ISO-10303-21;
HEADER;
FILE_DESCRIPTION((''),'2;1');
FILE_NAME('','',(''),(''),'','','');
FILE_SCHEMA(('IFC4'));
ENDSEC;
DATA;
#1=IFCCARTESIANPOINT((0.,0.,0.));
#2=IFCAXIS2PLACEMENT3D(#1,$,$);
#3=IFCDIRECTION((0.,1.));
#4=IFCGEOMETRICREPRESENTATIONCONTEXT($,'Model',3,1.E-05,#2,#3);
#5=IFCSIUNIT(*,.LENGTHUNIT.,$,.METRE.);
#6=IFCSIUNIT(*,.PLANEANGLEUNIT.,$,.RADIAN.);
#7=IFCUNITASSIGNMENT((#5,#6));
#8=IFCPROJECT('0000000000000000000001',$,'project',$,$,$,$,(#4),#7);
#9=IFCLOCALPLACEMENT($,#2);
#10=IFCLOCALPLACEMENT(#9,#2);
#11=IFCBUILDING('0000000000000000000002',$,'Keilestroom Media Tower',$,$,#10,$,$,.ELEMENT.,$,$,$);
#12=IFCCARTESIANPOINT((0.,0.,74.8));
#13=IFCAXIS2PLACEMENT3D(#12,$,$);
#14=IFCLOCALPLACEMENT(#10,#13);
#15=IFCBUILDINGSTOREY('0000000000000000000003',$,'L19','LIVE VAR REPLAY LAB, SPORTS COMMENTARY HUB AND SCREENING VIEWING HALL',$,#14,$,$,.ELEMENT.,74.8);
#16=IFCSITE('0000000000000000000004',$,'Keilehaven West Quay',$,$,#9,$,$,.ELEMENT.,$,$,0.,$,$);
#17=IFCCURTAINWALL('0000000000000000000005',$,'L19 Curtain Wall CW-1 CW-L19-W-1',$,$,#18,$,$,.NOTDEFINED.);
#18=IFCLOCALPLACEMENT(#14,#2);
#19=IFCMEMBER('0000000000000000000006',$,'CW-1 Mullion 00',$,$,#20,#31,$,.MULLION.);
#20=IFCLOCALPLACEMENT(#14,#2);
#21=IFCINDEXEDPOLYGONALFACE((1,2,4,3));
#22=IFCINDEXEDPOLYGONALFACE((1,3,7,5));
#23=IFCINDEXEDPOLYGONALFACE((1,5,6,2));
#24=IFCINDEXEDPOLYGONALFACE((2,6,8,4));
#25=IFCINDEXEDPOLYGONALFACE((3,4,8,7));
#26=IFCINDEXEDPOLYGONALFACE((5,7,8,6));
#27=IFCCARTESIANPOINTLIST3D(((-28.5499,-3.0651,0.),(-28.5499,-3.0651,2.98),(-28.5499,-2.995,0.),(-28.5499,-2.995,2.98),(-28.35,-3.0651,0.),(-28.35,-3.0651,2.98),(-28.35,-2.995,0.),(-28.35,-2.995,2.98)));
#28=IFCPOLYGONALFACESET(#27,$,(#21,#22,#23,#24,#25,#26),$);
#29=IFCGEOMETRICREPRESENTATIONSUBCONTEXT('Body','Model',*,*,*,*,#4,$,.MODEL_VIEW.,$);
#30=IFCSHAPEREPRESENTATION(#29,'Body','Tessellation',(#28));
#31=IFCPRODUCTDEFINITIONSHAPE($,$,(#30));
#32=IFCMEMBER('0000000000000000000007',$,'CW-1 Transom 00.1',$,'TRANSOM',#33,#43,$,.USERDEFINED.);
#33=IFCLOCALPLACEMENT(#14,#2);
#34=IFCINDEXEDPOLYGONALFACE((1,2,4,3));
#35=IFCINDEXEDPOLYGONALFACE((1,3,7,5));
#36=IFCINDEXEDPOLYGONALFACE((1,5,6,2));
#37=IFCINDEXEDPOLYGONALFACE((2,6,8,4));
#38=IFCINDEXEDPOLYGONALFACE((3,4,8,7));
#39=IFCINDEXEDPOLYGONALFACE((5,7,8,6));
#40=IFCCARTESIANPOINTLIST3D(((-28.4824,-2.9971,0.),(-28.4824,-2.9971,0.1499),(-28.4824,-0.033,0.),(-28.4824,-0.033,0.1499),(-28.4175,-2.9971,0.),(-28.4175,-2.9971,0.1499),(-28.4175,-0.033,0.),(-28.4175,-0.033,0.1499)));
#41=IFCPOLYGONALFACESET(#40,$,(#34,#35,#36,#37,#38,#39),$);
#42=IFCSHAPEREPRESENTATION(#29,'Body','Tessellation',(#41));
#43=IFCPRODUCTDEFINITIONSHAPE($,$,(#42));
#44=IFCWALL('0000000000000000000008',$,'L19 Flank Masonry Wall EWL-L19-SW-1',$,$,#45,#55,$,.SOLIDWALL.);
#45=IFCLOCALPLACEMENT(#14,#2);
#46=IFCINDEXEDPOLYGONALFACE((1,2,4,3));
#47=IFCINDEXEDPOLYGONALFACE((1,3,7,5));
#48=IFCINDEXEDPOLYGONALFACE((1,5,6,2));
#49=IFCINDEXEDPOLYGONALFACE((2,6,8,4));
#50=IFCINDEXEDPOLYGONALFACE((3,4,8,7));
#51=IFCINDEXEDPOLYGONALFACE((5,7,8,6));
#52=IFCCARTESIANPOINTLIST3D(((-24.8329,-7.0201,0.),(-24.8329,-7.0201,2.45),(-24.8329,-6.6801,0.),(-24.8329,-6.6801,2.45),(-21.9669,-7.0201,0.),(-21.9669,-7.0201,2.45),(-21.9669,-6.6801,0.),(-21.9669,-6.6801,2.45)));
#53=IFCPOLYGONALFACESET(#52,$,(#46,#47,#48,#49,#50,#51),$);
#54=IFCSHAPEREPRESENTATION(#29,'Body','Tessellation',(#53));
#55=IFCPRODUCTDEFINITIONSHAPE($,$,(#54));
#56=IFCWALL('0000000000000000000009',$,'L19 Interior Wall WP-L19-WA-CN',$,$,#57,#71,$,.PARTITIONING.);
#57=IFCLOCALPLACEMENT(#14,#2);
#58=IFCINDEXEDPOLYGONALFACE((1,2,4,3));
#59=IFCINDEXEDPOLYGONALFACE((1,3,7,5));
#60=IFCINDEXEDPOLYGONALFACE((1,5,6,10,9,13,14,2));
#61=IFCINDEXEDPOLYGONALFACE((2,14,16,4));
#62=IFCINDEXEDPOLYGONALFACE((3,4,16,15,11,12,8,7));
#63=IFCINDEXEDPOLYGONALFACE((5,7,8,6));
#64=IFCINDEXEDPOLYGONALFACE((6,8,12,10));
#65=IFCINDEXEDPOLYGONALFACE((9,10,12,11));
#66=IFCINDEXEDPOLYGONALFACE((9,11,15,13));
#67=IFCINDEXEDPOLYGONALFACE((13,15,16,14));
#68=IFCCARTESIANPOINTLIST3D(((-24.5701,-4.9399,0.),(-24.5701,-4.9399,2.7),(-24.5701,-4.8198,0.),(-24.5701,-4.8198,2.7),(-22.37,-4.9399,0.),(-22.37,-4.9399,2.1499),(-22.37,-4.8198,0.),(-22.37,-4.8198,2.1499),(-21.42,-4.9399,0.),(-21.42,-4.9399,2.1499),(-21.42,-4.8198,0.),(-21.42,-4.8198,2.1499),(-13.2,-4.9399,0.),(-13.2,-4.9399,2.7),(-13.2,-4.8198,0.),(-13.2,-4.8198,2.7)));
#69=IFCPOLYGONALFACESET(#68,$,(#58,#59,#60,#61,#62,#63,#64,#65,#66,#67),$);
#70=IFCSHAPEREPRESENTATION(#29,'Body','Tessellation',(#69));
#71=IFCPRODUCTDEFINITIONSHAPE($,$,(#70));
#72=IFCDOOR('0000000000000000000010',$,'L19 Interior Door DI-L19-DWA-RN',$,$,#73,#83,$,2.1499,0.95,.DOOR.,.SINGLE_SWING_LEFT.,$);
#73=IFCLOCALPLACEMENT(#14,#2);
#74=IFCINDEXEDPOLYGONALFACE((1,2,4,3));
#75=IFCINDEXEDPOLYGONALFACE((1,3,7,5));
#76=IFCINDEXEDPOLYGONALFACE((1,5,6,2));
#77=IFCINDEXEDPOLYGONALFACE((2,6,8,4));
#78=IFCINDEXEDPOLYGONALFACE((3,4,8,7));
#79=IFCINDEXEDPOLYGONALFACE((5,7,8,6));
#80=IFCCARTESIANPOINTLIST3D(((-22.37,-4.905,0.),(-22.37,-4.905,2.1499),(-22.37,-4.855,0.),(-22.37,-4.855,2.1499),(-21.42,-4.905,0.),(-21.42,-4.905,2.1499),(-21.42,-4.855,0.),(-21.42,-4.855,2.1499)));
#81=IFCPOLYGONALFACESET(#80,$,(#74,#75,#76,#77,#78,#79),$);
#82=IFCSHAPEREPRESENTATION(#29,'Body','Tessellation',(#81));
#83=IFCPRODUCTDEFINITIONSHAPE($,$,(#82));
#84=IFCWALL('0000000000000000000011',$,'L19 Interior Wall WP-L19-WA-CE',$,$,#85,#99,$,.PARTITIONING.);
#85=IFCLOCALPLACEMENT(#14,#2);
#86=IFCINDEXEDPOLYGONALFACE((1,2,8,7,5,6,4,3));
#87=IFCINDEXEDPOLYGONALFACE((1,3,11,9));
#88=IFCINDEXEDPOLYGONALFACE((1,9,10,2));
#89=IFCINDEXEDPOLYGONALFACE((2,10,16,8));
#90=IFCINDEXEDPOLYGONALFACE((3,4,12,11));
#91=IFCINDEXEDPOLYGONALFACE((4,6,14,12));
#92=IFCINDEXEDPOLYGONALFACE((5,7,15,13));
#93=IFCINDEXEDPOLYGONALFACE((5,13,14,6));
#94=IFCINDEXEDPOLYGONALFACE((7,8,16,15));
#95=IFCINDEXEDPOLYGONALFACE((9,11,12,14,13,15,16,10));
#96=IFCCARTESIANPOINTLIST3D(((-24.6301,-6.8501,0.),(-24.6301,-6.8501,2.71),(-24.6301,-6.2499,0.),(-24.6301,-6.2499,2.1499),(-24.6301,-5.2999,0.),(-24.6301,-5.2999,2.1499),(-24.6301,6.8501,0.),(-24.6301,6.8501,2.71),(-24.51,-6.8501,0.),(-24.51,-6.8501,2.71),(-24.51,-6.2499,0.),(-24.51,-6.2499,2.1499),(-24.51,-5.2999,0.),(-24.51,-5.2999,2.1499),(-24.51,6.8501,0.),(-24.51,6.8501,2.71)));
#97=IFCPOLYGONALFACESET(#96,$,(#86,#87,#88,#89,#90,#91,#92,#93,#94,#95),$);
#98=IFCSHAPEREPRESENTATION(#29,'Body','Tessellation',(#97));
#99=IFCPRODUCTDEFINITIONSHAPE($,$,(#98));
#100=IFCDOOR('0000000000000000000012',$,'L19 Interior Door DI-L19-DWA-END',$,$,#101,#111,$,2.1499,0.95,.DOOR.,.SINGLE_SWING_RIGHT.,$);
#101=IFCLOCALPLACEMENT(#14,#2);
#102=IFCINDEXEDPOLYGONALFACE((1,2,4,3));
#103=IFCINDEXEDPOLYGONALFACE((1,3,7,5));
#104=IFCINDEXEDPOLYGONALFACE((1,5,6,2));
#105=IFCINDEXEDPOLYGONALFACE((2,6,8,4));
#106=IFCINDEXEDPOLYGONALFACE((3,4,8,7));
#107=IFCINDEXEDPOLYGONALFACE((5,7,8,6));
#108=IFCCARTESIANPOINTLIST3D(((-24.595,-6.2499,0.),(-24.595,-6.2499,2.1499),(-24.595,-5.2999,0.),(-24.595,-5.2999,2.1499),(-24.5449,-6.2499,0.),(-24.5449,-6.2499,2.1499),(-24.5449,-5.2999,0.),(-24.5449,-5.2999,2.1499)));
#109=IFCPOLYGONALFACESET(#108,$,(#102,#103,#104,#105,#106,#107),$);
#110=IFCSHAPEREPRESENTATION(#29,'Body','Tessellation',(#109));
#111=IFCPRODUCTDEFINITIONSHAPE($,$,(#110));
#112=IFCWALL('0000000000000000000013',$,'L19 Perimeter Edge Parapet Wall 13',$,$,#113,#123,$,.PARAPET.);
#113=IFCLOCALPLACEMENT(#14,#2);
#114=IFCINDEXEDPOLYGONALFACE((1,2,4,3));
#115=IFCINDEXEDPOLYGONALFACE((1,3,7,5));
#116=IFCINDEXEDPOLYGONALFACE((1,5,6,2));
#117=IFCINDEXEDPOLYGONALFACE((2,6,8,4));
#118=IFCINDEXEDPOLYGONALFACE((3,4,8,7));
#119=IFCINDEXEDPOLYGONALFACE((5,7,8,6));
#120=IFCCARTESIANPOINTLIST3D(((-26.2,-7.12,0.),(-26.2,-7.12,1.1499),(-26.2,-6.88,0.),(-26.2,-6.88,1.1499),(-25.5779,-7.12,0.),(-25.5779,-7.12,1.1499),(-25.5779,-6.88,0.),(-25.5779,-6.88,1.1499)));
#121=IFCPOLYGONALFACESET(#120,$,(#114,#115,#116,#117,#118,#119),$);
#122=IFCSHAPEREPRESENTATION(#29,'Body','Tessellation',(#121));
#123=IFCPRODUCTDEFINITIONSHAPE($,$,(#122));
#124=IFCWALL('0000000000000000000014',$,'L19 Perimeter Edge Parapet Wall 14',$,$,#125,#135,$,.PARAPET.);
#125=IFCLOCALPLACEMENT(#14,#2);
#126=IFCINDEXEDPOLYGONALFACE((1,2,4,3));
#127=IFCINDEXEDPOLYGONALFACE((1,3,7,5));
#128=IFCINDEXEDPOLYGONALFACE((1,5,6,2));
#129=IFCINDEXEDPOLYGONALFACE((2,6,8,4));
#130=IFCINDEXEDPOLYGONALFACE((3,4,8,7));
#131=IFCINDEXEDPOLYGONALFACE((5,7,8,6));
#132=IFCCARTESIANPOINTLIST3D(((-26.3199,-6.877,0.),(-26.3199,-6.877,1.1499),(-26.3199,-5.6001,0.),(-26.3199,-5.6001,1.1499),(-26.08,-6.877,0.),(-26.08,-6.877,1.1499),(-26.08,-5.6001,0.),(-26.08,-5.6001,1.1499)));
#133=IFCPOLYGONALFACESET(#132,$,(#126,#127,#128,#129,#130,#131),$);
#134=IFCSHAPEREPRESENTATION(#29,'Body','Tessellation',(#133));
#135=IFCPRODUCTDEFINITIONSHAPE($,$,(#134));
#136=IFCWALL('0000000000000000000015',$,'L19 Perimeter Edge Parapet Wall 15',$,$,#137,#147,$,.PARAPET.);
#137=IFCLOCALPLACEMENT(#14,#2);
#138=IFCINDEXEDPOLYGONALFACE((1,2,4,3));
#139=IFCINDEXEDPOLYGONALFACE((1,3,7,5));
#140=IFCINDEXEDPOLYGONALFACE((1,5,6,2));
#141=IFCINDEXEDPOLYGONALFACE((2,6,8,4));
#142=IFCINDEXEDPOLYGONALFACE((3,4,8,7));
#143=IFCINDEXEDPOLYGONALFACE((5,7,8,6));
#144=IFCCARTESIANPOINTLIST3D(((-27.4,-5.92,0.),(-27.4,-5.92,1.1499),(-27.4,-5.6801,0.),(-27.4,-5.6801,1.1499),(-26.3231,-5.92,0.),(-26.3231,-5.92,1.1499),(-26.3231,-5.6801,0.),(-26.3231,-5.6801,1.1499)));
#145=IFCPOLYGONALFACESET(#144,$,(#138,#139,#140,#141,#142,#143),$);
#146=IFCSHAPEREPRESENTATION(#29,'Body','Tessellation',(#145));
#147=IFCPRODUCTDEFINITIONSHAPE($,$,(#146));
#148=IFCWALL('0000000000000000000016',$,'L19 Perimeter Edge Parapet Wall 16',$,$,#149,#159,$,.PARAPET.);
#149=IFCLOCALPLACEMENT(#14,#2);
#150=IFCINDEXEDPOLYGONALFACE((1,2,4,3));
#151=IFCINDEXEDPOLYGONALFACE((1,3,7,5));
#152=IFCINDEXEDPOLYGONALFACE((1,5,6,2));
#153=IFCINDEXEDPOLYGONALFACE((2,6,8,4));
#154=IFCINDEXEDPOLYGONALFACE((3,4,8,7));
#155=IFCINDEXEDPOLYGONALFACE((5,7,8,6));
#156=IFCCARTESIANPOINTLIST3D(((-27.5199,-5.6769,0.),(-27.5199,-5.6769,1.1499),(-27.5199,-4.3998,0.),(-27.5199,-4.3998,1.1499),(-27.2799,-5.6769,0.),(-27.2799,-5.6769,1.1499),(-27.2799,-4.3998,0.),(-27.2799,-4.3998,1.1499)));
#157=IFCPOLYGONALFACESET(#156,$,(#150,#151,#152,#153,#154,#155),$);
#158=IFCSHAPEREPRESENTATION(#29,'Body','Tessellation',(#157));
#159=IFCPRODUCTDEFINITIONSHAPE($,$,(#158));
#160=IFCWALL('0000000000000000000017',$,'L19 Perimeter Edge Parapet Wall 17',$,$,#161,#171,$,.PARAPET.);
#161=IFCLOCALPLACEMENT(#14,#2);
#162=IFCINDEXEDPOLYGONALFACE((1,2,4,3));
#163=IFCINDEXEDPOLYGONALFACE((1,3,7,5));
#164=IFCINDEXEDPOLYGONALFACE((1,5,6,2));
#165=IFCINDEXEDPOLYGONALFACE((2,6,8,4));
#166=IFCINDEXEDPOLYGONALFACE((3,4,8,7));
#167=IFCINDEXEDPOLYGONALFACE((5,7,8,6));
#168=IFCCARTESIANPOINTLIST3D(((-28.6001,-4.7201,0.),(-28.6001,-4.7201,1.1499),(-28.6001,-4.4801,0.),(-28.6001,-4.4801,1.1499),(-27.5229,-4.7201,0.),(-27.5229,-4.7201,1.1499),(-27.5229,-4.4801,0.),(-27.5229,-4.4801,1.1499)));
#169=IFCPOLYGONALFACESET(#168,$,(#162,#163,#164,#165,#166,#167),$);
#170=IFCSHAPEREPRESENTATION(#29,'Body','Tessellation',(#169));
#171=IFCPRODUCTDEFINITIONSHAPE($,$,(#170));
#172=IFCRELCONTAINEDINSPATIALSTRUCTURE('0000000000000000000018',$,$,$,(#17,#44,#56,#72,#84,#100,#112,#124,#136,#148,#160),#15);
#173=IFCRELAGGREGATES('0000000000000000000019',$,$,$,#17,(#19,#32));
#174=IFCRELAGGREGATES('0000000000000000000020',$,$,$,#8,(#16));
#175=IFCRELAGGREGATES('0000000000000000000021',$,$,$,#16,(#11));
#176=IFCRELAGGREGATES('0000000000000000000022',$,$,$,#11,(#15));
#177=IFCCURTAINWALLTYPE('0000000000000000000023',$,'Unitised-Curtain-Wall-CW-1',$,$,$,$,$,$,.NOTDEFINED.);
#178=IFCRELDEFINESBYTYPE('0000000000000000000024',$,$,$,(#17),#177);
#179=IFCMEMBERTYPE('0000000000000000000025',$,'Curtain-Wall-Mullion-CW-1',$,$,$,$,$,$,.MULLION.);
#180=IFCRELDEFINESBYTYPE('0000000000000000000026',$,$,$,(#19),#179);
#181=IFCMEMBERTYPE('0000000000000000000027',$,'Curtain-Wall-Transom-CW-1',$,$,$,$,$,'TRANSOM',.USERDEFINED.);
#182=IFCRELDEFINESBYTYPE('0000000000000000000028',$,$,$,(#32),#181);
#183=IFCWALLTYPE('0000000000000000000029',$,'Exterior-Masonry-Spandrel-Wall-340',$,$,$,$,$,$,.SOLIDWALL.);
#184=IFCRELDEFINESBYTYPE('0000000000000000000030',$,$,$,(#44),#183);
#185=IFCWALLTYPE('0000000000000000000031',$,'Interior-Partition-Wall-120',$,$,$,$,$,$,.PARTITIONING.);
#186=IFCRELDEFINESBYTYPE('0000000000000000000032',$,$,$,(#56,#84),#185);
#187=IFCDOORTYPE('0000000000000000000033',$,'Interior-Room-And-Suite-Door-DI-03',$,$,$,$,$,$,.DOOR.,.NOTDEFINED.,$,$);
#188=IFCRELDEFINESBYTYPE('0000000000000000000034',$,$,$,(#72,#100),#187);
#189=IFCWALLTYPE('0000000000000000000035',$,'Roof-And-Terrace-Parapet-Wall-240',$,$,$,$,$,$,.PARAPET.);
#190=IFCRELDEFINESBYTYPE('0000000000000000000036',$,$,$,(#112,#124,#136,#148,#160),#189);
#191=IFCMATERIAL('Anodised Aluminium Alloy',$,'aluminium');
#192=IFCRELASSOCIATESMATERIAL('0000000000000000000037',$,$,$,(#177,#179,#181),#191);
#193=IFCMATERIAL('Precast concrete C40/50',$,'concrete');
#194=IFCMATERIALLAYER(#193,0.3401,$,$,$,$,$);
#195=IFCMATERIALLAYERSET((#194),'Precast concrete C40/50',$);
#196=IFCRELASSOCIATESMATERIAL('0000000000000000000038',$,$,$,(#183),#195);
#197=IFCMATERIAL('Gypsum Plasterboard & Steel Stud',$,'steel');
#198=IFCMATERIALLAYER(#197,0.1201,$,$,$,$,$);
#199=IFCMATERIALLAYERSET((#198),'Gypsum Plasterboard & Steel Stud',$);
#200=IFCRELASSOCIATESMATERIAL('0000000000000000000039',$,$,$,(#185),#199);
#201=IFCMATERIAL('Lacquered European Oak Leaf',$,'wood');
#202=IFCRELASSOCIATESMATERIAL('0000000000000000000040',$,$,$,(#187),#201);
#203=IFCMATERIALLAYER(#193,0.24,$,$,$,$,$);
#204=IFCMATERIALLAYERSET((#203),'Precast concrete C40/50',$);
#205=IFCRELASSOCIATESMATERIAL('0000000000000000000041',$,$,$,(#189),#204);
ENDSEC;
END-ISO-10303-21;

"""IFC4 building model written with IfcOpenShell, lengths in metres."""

from ifc_helpers import new_model, si_unit, direction, frame, frame_2d, origin, origin_2d, place, context, subcontext, project, spatial, rectangle, extrude, source, transform, mapped, material, layer, layer_set, material_profile, profile_set, type_object, element, fill, aggregate, save


model = new_model("IFC4")

# Units and contexts
model_context = context("Model", 3, precision=1e-05, world=origin(), true_north=direction((0.0, 1.0)))
body_context = subcontext(model_context, "Body", "Model", "MODEL_VIEW")
ifc_project = project(units=[si_unit("LENGTHUNIT", "METRE"), si_unit("PLANEANGLEUNIT", "RADIAN")], contexts=[model_context])

# Site, building, storey
site_placement = place(None, origin())
site = spatial("IfcSite", under=ifc_project, at=site_placement, Name="Keilehaven West Quay", CompositionType="ELEMENT", RefElevation=0.0)
building_placement = place(site_placement, origin())
building = spatial("IfcBuilding", under=site, at=building_placement, Name="Keilestroom Media Tower", CompositionType="ELEMENT")
storey_placement = place(building_placement, frame((0.0, 0.0, 74.8)))
storey = spatial("IfcBuildingStorey", under=building, at=storey_placement, Name="L19", Description="LIVE VAR REPLAY LAB, SPORTS COMMENTARY HUB AND SCREENING VIEWING HALL", CompositionType="ELEMENT", Elevation=74.8)

# Shared definitions
ifc_material_1 = material(Name="Precast concrete C40/50", Category="concrete")

# Curtain wall, members
ifc_material_2 = material(Name="Anodised Aluminium Alloy", Category="aluminium")
curtain_wall_type = type_object("IfcCurtainWallType", Name="Unitised-Curtain-Wall-CW-1", PredefinedType="NOTDEFINED", material=ifc_material_2)
curtain_wall_placement = place(storey_placement, origin())
curtain_wall = element("IfcCurtainWall", 1, at=curtain_wall_placement, inside=storey, type_object=curtain_wall_type, Name="L19 Curtain Wall CW-1 CW-L19-W-1", PredefinedType="NOTDEFINED")
ifc_material_profile_1 = material_profile(ifc_material_2, rectangle(XDim=0.0701, YDim=0.2, at=origin_2d()), Name="ALU MULLION 70x200")
ifc_profile_set_1 = profile_set([ifc_material_profile_1], Name="Anodised Aluminium Alloy")
member_type_1 = type_object("IfcMemberType", Name="Curtain-Wall-Mullion-CW-1", PredefinedType="MULLION", material=ifc_profile_set_1)
shared_shape_1 = source(origin(), body_context, "Body", "SweptSolid", [
    extrude(rectangle(XDim=0.0701, YDim=0.2, at=origin_2d()), origin(), (0.0, 0.0, 1.0), 2.98),
])
member_1_placement = place(storey_placement, frame((-28.45, -3.03, 0.0), z_axis=(0.0, 0.0, 1.0), x_axis=(0.0, 1.0, 0.0)))
member_1 = element("IfcMember", 2, at=member_1_placement, type_object=member_type_1, Name="CW-1 Mullion 00", PredefinedType="MULLION", context=body_context, shape_type="MappedRepresentation", body=[
    mapped(shared_shape_1, transform((0.0, 0.0, 0.0), x_axis=(1.0, 0.0, 0.0), y_axis=(0.0, 1.0, 0.0), z_axis=(0.0, 0.0, 1.0), scale=1.0)),
])
ifc_material_profile_2 = material_profile(ifc_material_2, rectangle(XDim=0.0649, YDim=0.1499, at=origin_2d()), Name="ALU TRANSOM 65x150")
ifc_profile_set_2 = profile_set([ifc_material_profile_2], Name="Anodised Aluminium Alloy")
member_type_2 = type_object("IfcMemberType", Name="Curtain-Wall-Transom-CW-1", ElementType="TRANSOM", PredefinedType="USERDEFINED", material=ifc_profile_set_2)
shared_shape_2 = source(origin(), body_context, "Body", "SweptSolid", [
    extrude(rectangle(XDim=0.0649, YDim=0.1499, at=origin_2d()), origin(), (0.0, 0.0, 1.0), 2.9641),
])
member_2_placement = place(storey_placement, frame((-28.45, -2.9971, 0.075), z_axis=(0.0, 1.0, 0.0), x_axis=(-1.0, 0.0, 0.0)))
member_2 = element("IfcMember", 3, at=member_2_placement, type_object=member_type_2, Name="CW-1 Transom 00.1", ObjectType="TRANSOM", PredefinedType="USERDEFINED", context=body_context, shape_type="MappedRepresentation", body=[
    mapped(shared_shape_2, transform((0.0, 0.0, 0.0), x_axis=(1.0, 0.0, 0.0), y_axis=(0.0, 1.0, 0.0), z_axis=(0.0, 0.0, 1.0), scale=1.0)),
])
aggregate(curtain_wall, [member_1, member_2])

# Wall
ifc_layer_1 = layer(ifc_material_1, 0.3401)
ifc_layer_set_1 = layer_set([ifc_layer_1], Name="Precast concrete C40/50")
wall_type_1 = type_object("IfcWallType", Name="Exterior-Masonry-Spandrel-Wall-340", PredefinedType="SOLIDWALL", material=ifc_layer_set_1)
wall_1_placement = place(storey_placement, frame((-24.833, -6.8501, 0.0), z_axis=(0.0, 0.0, 1.0), x_axis=(1.0, 0.0, 0.0)))
element("IfcWall", 4, at=wall_1_placement, inside=storey, type_object=wall_type_1, Name="L19 Flank Masonry Wall EWL-L19-SW-1", PredefinedType="SOLIDWALL", context=body_context, shape_type="SweptSolid", body=[
    extrude(rectangle(XDim=2.866, YDim=0.3401, at=frame_2d((1.4331, 0.0))), origin(), (0.0, 0.0, 1.0), 2.45),
])

# Walls, openings, doors
ifc_material_3 = material(Name="Gypsum Plasterboard & Steel Stud", Category="steel")
ifc_layer_2 = layer(ifc_material_3, 0.1201)
ifc_layer_set_2 = layer_set([ifc_layer_2], Name="Gypsum Plasterboard & Steel Stud")
wall_type_2 = type_object("IfcWallType", Name="Interior-Partition-Wall-120", PredefinedType="PARTITIONING", material=ifc_layer_set_2)
wall_2_placement = place(storey_placement, frame((-24.5701, -4.8799, 0.0), z_axis=(0.0, 0.0, 1.0), x_axis=(1.0, 0.0, 0.0)))
wall_2 = element("IfcWall", 5, at=wall_2_placement, inside=storey, type_object=wall_type_2, Name="L19 Interior Wall WP-L19-WA-CN", PredefinedType="PARTITIONING", context=body_context, shape_type="SweptSolid", body=[
    extrude(rectangle(XDim=11.3701, YDim=0.1201, at=frame_2d((5.6851, 0.0))), origin(), (0.0, 0.0, 1.0), 2.7),
])
opening_1_placement = place(wall_2_placement, frame((2.2, 0.0, 0.0)))
opening_1 = element("IfcOpeningElement", 6, at=opening_1_placement, cuts=wall_2, PredefinedType="OPENING", context=body_context, shape_type="SweptSolid", body=[
    extrude(rectangle(XDim=0.95, YDim=2.1499, at=frame_2d((0.4751, 1.075))), frame((0.0, 0.0701, 0.0), z_axis=(0.0, -1.0, 0.0), x_axis=(1.0, 0.0, 0.0)), (0.0, 0.0, 1.0), 0.1401),
])
ifc_material_4 = material(Name="Lacquered European Oak Leaf", Category="wood")
door_type = type_object("IfcDoorType", Name="Interior-Room-And-Suite-Door-DI-03", OperationType="NOTDEFINED", PredefinedType="DOOR", material=ifc_material_4)
shared_shape_3 = source(origin(), body_context, "Body", "SweptSolid", [
    extrude(rectangle(XDim=0.95, YDim=2.1499, at=frame_2d((0.4751, 1.075))), frame((0.0, 0.0249, 0.0), z_axis=(0.0, -1.0, 0.0), x_axis=(1.0, 0.0, 0.0)), (0.0, 0.0, 1.0), 0.05),
])
door_1_placement = place(opening_1_placement, origin())
door_1 = element("IfcDoor", 7, at=door_1_placement, inside=storey, type_object=door_type, Name="L19 Interior Door DI-L19-DWA-RN", OperationType="SINGLE_SWING_LEFT", OverallHeight=2.1499, OverallWidth=0.95, PredefinedType="DOOR", context=body_context, shape_type="MappedRepresentation", body=[
    mapped(shared_shape_3, transform((0.0, 0.0, 0.0), x_axis=(1.0, 0.0, 0.0), y_axis=(0.0, 1.0, 0.0), z_axis=(0.0, 0.0, 1.0), scale=1.0)),
])
fill(opening_1, door_1)
wall_3_placement = place(storey_placement, frame((-24.5701, -6.8501, 0.0), z_axis=(0.0, 0.0, 1.0), x_axis=(0.0, 1.0, 0.0)))
wall_3 = element("IfcWall", 8, at=wall_3_placement, inside=storey, type_object=wall_type_2, Name="L19 Interior Wall WP-L19-WA-CE", PredefinedType="PARTITIONING", context=body_context, shape_type="SweptSolid", body=[
    extrude(rectangle(XDim=13.7002, YDim=0.1201, at=frame_2d((6.8501, 0.0))), origin(), (0.0, 0.0, 1.0), 2.71),
])
opening_2_placement = place(wall_3_placement, frame((0.6001, 0.0, 0.0)))
opening_2 = element("IfcOpeningElement", 9, at=opening_2_placement, cuts=wall_3, PredefinedType="OPENING", context=body_context, shape_type="SweptSolid", body=[
    extrude(rectangle(XDim=0.95, YDim=2.1499, at=frame_2d((0.4751, 1.075))), frame((0.0, 0.0701, 0.0), z_axis=(0.0, -1.0, 0.0), x_axis=(1.0, 0.0, 0.0)), (0.0, 0.0, 1.0), 0.1401),
])
door_2_placement = place(opening_2_placement, origin())
door_2 = element("IfcDoor", 10, at=door_2_placement, inside=storey, type_object=door_type, Name="L19 Interior Door DI-L19-DWA-END", OperationType="SINGLE_SWING_RIGHT", OverallHeight=2.1499, OverallWidth=0.95, PredefinedType="DOOR", context=body_context, shape_type="MappedRepresentation", body=[
    mapped(shared_shape_3, transform((0.0, 0.0, 0.0), x_axis=(1.0, 0.0, 0.0), y_axis=(0.0, 1.0, 0.0), z_axis=(0.0, 0.0, 1.0), scale=1.0)),
])
fill(opening_2, door_2)

# Walls
ifc_layer_3 = layer(ifc_material_1, 0.24)
ifc_layer_set_3 = layer_set([ifc_layer_3], Name="Precast concrete C40/50")
wall_type_3 = type_object("IfcWallType", Name="Roof-And-Terrace-Parapet-Wall-240", PredefinedType="PARAPET", material=ifc_layer_set_3)
wall_4_placement = place(storey_placement, frame((-25.5779, -7.0, 0.0), z_axis=(0.0, 0.0, 1.0), x_axis=(-1.0, 0.0, 0.0)))
element("IfcWall", 11, at=wall_4_placement, inside=storey, type_object=wall_type_3, Name="L19 Perimeter Edge Parapet Wall 13", PredefinedType="PARAPET", context=body_context, shape_type="SweptSolid", body=[
    extrude(rectangle(XDim=0.6221, YDim=0.24, at=frame_2d((0.311, 0.0))), origin(), (0.0, 0.0, 1.0), 1.1499),
])
wall_5_placement = place(storey_placement, frame((-26.2, -6.877, 0.0), z_axis=(0.0, 0.0, 1.0), x_axis=(0.0, 1.0, 0.0)))
element("IfcWall", 12, at=wall_5_placement, inside=storey, type_object=wall_type_3, Name="L19 Perimeter Edge Parapet Wall 14", PredefinedType="PARAPET", context=body_context, shape_type="SweptSolid", body=[
    extrude(rectangle(XDim=1.2769, YDim=0.24, at=frame_2d((0.6384, 0.0))), origin(), (0.0, 0.0, 1.0), 1.1499),
])
wall_6_placement = place(storey_placement, frame((-26.323, -5.8, 0.0), z_axis=(0.0, 0.0, 1.0), x_axis=(-1.0, 0.0, 0.0)))
element("IfcWall", 13, at=wall_6_placement, inside=storey, type_object=wall_type_3, Name="L19 Perimeter Edge Parapet Wall 15", PredefinedType="PARAPET", context=body_context, shape_type="SweptSolid", body=[
    extrude(rectangle(XDim=1.0769, YDim=0.24, at=frame_2d((0.5386, 0.0))), origin(), (0.0, 0.0, 1.0), 1.1499),
])
wall_7_placement = place(storey_placement, frame((-27.3999, -5.677, 0.0), z_axis=(0.0, 0.0, 1.0), x_axis=(0.0, 1.0, 0.0)))
element("IfcWall", 14, at=wall_7_placement, inside=storey, type_object=wall_type_3, Name="L19 Perimeter Edge Parapet Wall 16", PredefinedType="PARAPET", context=body_context, shape_type="SweptSolid", body=[
    extrude(rectangle(XDim=1.2771, YDim=0.24, at=frame_2d((0.6387, 0.0))), origin(), (0.0, 0.0, 1.0), 1.1499),
])
wall_8_placement = place(storey_placement, frame((-27.5229, -4.6001, 0.0), z_axis=(0.0, 0.0, 1.0), x_axis=(-1.0, 0.0, 0.0)))
element("IfcWall", 15, at=wall_8_placement, inside=storey, type_object=wall_type_3, Name="L19 Perimeter Edge Parapet Wall 17", PredefinedType="PARAPET", context=body_context, shape_type="SweptSolid", body=[
    extrude(rectangle(XDim=1.0771, YDim=0.24, at=frame_2d((0.5386, 0.0))), origin(), (0.0, 0.0, 1.0), 1.1499),
])

save(model, "model.ifc")
